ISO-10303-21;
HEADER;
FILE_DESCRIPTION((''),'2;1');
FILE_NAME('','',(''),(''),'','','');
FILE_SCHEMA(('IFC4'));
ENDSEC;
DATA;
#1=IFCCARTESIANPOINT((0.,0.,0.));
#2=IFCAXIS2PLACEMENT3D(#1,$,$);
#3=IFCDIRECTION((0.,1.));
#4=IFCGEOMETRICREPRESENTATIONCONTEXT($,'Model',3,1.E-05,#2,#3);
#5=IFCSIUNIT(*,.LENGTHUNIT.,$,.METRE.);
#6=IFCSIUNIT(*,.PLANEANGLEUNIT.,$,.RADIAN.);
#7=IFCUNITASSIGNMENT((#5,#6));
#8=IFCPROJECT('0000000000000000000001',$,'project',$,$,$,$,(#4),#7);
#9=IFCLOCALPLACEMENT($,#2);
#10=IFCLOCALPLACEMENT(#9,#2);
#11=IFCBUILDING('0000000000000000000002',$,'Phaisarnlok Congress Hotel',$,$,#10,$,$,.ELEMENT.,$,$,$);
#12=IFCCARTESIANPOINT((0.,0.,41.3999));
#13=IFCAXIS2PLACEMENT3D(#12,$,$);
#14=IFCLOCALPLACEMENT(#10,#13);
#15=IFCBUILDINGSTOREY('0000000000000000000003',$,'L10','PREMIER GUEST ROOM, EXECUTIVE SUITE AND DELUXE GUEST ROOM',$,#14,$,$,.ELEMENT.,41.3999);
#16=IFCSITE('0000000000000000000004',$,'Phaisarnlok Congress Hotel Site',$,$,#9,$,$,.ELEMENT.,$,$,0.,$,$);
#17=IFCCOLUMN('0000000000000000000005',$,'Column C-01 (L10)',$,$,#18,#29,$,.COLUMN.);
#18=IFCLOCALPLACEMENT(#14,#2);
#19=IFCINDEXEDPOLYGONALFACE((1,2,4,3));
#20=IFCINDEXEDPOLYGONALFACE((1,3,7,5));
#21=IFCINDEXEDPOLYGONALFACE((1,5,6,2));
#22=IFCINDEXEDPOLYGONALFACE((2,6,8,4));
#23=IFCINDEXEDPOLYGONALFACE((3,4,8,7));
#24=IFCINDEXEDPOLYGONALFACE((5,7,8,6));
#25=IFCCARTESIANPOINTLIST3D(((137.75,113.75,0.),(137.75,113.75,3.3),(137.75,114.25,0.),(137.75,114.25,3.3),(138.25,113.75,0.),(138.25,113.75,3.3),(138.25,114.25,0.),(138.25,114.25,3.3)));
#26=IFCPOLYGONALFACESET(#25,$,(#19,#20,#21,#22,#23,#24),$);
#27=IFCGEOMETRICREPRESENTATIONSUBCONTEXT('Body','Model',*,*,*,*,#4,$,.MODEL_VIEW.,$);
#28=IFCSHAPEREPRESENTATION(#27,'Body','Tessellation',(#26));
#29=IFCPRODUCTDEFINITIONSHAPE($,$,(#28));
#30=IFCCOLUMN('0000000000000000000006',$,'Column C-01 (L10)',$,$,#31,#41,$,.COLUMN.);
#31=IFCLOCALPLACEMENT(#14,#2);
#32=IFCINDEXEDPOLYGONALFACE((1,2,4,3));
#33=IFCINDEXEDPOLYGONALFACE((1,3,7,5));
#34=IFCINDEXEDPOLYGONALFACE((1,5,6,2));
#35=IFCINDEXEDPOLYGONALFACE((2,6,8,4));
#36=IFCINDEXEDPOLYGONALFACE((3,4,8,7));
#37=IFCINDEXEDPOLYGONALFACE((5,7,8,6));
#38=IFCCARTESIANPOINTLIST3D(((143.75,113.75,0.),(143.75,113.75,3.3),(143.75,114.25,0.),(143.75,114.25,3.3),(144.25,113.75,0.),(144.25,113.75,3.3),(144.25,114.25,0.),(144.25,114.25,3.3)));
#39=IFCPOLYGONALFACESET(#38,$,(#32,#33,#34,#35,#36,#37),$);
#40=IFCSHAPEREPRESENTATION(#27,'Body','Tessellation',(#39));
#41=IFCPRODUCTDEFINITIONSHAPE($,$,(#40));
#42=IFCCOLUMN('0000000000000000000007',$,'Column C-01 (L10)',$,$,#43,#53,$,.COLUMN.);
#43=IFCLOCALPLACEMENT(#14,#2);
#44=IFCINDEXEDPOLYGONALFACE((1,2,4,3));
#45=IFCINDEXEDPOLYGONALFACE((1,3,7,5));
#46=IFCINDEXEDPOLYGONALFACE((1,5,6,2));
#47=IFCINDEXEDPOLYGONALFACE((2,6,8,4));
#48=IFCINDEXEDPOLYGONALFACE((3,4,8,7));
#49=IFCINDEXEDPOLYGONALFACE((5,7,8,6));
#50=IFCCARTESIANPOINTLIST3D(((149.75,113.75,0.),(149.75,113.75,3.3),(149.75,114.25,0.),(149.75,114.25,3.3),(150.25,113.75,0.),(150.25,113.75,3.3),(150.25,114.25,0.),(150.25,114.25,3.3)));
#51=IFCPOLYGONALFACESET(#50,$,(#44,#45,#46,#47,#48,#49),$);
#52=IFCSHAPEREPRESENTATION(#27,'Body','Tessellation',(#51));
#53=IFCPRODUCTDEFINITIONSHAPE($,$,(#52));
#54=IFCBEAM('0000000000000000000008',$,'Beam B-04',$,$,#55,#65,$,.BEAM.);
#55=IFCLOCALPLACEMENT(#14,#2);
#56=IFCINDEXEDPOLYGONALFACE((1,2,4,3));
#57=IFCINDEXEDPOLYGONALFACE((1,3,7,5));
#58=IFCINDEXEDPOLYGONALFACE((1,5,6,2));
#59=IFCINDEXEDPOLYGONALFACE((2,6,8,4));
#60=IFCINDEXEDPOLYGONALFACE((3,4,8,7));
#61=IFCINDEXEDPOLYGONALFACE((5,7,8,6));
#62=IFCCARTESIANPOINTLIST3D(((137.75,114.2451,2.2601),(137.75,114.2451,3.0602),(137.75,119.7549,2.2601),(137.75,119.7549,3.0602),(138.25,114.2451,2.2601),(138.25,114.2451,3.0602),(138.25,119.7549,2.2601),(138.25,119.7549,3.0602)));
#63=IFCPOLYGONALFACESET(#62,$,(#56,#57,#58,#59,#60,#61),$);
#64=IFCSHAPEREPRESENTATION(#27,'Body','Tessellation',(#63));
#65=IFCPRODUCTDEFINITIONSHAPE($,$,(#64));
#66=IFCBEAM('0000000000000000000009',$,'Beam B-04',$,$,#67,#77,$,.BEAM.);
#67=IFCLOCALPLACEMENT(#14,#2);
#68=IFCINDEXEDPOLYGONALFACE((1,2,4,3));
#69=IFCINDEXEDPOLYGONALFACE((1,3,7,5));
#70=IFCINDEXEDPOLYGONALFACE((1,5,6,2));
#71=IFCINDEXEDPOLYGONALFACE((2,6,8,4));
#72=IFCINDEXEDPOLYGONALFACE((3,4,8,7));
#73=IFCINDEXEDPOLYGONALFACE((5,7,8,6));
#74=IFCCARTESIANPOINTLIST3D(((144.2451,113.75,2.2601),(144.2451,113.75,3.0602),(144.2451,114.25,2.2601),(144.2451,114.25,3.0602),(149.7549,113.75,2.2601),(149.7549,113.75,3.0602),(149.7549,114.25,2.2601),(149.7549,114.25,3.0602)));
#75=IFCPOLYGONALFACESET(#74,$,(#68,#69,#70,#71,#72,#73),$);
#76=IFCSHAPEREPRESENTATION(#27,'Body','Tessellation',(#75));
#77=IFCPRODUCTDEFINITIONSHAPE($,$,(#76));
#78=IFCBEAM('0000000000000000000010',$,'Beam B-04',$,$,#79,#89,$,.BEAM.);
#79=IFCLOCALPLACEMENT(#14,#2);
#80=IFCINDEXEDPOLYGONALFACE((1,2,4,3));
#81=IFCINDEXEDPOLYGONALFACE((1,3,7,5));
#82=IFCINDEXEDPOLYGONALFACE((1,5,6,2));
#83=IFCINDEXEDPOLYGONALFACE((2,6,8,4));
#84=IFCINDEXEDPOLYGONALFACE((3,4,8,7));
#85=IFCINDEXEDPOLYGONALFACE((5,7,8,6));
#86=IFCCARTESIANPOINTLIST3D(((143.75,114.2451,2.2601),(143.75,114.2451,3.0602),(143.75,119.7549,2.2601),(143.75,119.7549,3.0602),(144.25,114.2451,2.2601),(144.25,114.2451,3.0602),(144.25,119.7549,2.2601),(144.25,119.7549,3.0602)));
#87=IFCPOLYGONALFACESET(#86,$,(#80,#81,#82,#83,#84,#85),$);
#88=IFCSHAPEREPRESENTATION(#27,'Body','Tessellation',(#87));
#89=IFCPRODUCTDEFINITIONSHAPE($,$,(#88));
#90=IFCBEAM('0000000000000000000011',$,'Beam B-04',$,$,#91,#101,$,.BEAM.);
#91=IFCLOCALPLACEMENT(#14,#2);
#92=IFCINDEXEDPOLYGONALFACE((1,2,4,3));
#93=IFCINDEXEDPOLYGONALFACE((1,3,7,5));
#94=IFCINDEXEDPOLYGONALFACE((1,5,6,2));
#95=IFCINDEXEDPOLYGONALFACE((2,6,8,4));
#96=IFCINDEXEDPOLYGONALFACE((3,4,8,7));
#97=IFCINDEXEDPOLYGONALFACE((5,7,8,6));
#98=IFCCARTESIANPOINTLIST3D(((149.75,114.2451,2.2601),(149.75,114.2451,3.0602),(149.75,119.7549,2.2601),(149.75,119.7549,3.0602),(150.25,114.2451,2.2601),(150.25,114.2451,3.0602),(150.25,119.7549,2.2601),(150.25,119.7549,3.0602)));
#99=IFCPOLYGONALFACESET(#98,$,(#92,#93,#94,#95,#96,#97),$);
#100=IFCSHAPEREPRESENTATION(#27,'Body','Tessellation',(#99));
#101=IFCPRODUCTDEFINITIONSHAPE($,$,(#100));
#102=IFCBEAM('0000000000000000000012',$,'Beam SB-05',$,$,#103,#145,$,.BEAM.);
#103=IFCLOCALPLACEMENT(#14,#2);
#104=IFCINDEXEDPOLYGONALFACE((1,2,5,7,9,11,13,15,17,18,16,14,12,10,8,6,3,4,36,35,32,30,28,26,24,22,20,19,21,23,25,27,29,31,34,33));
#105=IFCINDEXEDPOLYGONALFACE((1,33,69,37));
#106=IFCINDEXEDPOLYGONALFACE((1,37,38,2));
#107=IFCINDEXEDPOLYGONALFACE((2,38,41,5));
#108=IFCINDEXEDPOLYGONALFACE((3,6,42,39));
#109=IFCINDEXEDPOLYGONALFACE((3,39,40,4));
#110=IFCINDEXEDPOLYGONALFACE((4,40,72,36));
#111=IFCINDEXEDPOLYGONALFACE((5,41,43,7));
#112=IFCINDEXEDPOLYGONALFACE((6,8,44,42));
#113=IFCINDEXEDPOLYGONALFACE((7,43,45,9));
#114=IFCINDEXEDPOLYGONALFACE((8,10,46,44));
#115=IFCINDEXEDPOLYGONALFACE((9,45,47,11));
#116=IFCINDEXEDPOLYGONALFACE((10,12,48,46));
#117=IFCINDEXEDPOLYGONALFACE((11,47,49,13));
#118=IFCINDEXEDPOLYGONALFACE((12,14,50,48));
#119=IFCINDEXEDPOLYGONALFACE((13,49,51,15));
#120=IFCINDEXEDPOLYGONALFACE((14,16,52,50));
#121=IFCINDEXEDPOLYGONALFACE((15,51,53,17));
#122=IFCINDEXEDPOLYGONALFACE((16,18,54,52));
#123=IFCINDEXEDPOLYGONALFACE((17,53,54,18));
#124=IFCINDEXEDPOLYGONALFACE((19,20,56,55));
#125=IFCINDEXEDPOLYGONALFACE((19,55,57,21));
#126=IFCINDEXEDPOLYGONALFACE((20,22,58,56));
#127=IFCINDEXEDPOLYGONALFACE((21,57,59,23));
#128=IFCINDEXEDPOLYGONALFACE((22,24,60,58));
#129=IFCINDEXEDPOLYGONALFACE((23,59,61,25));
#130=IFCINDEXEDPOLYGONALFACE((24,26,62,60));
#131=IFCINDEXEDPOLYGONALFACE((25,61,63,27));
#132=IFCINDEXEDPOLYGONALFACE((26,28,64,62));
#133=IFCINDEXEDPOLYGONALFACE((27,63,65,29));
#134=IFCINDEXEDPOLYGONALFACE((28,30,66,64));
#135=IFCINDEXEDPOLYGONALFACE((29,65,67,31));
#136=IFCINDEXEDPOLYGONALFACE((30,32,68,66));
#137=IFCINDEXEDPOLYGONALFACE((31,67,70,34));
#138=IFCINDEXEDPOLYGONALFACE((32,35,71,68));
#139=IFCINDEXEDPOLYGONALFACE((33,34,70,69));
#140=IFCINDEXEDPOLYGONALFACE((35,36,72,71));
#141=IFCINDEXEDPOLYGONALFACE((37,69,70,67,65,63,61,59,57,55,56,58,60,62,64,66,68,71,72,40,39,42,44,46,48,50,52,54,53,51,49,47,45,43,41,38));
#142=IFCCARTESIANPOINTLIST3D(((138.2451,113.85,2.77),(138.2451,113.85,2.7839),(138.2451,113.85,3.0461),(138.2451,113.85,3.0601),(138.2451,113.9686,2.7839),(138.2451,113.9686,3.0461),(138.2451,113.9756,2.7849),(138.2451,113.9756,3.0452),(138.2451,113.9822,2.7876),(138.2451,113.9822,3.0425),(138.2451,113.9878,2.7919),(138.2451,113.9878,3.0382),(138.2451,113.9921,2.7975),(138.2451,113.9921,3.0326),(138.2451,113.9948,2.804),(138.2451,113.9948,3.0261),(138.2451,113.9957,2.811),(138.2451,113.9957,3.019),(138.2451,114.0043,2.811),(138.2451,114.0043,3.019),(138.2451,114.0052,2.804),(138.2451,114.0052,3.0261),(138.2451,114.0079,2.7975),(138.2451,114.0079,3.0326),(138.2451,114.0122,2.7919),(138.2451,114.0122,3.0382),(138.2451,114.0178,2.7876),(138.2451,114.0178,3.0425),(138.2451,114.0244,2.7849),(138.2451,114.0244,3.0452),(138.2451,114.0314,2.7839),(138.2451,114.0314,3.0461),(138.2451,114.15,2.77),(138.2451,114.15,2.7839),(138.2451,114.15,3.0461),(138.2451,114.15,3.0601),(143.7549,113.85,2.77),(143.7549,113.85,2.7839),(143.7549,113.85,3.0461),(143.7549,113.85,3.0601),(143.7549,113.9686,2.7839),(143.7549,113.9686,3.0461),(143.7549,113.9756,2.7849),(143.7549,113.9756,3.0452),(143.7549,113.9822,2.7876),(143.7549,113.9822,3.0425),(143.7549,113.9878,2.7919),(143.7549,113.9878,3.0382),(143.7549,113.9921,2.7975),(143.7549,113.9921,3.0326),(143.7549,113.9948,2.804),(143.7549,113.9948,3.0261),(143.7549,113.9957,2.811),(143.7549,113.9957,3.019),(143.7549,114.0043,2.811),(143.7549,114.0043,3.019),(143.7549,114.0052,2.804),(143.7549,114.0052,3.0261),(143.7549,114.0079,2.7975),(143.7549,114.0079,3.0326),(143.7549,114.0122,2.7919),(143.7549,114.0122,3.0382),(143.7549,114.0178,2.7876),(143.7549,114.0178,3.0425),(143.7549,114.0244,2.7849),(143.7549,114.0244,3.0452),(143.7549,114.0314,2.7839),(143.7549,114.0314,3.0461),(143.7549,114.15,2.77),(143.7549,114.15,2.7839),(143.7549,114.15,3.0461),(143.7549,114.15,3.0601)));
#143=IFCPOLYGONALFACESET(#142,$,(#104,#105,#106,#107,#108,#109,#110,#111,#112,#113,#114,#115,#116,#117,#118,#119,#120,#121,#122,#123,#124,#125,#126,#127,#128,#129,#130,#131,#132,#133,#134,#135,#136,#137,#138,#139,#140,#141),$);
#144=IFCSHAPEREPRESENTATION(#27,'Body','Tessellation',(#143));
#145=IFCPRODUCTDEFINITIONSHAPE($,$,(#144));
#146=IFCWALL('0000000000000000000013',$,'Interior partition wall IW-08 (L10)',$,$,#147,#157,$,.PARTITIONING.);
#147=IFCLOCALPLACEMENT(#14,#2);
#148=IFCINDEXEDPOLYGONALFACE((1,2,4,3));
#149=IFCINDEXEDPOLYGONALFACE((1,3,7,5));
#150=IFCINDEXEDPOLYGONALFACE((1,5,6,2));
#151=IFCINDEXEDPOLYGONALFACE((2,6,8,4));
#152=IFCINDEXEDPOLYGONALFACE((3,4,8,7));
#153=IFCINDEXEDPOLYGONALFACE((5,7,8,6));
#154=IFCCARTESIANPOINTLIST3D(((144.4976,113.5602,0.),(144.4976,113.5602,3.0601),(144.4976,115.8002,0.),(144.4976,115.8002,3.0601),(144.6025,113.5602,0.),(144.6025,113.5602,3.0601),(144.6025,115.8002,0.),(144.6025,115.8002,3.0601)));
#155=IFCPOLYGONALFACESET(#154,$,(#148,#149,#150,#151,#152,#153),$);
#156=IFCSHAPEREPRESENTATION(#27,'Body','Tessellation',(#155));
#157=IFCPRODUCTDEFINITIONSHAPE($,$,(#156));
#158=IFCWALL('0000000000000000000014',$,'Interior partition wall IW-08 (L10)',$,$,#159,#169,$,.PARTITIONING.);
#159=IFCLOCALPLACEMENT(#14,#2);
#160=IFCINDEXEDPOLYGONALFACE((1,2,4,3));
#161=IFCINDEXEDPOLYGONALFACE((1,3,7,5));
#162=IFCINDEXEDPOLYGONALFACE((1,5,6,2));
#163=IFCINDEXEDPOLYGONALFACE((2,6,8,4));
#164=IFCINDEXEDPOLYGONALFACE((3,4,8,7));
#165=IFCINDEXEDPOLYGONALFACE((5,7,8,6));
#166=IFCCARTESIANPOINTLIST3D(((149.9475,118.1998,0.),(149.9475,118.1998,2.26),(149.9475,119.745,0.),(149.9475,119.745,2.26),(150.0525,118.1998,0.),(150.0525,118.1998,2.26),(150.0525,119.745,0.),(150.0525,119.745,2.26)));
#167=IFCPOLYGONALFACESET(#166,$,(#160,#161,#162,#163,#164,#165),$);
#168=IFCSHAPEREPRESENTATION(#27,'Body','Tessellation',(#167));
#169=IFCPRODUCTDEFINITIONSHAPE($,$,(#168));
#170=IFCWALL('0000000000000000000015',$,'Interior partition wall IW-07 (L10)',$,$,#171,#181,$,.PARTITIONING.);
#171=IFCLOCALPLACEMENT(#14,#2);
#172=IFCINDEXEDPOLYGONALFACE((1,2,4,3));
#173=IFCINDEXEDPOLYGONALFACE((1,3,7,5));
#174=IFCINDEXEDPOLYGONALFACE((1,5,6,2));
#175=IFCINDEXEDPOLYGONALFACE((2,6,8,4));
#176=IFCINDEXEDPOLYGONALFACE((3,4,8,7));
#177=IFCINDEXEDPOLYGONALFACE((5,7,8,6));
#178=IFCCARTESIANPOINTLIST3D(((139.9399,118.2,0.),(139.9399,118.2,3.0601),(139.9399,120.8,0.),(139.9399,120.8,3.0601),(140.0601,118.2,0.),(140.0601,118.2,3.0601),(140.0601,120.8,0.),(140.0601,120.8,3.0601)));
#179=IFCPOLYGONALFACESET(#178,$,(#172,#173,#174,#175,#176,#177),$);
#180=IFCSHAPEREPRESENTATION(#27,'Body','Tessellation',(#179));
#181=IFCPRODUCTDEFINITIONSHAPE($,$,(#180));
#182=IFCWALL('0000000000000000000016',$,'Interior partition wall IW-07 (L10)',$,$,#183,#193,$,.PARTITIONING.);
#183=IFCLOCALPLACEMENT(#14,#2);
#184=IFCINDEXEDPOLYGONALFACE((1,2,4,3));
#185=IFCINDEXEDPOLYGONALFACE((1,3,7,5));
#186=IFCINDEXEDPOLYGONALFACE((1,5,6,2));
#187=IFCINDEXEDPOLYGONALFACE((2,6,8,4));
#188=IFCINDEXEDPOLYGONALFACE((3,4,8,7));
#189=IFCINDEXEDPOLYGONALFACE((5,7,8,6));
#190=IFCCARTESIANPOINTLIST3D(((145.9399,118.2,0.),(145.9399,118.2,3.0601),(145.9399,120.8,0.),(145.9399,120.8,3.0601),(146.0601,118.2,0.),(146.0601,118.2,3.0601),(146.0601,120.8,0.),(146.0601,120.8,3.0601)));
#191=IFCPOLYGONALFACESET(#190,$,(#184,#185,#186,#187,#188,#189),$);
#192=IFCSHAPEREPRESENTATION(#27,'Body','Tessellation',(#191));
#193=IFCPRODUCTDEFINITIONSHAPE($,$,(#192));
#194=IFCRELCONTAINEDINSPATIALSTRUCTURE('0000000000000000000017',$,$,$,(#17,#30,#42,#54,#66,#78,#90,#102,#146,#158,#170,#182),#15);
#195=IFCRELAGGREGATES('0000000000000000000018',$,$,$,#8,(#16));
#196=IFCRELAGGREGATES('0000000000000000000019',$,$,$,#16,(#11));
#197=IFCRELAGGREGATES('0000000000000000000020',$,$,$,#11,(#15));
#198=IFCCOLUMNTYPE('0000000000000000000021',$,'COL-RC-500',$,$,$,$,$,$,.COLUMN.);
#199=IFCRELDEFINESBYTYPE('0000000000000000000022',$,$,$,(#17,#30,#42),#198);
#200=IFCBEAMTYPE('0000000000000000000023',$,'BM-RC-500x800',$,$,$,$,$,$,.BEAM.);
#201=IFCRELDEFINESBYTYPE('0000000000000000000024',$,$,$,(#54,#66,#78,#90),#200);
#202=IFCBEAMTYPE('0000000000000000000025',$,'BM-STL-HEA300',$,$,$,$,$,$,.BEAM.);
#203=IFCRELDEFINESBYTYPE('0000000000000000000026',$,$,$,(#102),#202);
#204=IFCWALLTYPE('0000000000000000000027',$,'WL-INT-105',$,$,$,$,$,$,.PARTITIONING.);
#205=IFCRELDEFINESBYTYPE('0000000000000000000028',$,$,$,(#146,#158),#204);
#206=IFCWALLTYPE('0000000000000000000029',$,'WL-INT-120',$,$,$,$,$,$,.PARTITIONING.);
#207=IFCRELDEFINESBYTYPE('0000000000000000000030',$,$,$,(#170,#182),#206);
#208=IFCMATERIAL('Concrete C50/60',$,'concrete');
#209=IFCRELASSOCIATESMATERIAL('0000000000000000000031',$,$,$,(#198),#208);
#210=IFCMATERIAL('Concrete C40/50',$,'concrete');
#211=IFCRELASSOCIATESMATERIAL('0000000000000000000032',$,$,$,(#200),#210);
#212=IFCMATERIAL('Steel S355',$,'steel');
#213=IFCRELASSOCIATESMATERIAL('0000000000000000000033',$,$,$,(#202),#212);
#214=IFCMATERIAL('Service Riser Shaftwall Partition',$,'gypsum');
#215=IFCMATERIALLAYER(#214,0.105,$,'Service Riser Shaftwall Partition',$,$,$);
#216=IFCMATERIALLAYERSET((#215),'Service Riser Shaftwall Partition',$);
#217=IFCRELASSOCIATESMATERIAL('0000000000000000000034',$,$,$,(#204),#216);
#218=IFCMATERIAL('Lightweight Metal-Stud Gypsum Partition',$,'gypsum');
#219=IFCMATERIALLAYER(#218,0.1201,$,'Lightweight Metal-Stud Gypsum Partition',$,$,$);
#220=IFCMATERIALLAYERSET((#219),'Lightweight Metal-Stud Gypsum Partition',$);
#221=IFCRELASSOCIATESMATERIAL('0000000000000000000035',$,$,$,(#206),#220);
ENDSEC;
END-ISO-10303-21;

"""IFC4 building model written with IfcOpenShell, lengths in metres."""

from ifc_helpers import new_model, si_unit, direction, frame, frame_2d, origin, origin_2d, place, context, subcontext, project, spatial, rectangle, i_section, extrude, material, layer, layer_set, material_profile, profile_set, type_object, element, save


model = new_model("IFC4")

# Units and contexts
model_context = context("Model", 3, precision=1e-05, world=origin(), true_north=direction((0.0, 1.0)))
body_context = subcontext(model_context, "Body", "Model", "MODEL_VIEW")
ifc_project = project(units=[si_unit("LENGTHUNIT", "METRE"), si_unit("PLANEANGLEUNIT", "RADIAN")], contexts=[model_context])

# Site, building, storey
site_placement = place(None, origin())
site = spatial("IfcSite", under=ifc_project, at=site_placement, Name="Phaisarnlok Congress Hotel Site", CompositionType="ELEMENT", RefElevation=0.0)
building_placement = place(site_placement, origin())
building = spatial("IfcBuilding", under=site, at=building_placement, Name="Phaisarnlok Congress Hotel", CompositionType="ELEMENT")
storey_placement = place(building_placement, frame((0.0, 0.0, 41.3999)))
storey = spatial("IfcBuildingStorey", under=building, at=storey_placement, Name="L10", Description="PREMIER GUEST ROOM, EXECUTIVE SUITE AND DELUXE GUEST ROOM", CompositionType="ELEMENT", Elevation=41.3999)

# Columns
ifc_material_1 = material(Name="Concrete C50/60", Category="concrete")
ifc_material_profile_1 = material_profile(ifc_material_1, rectangle(XDim=0.5, YDim=0.5, at=origin_2d()), Name="RC 500x500")
ifc_profile_set_1 = profile_set([ifc_material_profile_1], Name="Concrete C50/60")
column_type = type_object("IfcColumnType", Name="COL-RC-500", PredefinedType="COLUMN", material=ifc_profile_set_1)
for number, where, z_axis, x_axis, name in (
    (1, (138.0, 114.0, 0.0), (0.0, 0.0, 1.0), (1.0, 0.0, 0.0), "Column C-01 (L10)"),
    (2, (144.0, 114.0, 0.0), (0.0, 0.0, 1.0), (1.0, 0.0, 0.0), "Column C-01 (L10)"),
    (3, (150.0, 114.0, 0.0), (0.0, 0.0, 1.0), (1.0, 0.0, 0.0), "Column C-01 (L10)"),
):
    element("IfcColumn", number, at=place(storey_placement, frame(where, z_axis=z_axis, x_axis=x_axis)), inside=storey, type_object=column_type, Name=name, PredefinedType="COLUMN", context=body_context, shape_type="SweptSolid", body=[
        extrude(rectangle(XDim=0.5, YDim=0.5, at=origin_2d()), origin(), (0.0, 0.0, 1.0), 3.3),
    ])

# Beams
ifc_material_2 = material(Name="Concrete C40/50", Category="concrete")
ifc_material_profile_2 = material_profile(ifc_material_2, rectangle(XDim=0.5, YDim=0.8, at=origin_2d()), Name="RC 500x800")
ifc_profile_set_2 = profile_set([ifc_material_profile_2], Name="Concrete C40/50")
beam_type_1 = type_object("IfcBeamType", Name="BM-RC-500x800", PredefinedType="BEAM", material=ifc_profile_set_2)
for number, where, z_axis, x_axis, name in (
    (4, (138.0, 114.2451, 2.6602), (0.0, 1.0, 0.0), (-1.0, 0.0, 0.0), "Beam B-04"),
    (5, (144.2451, 114.0, 2.6602), (1.0, 0.0, 0.0), (0.0, 1.0, 0.0), "Beam B-04"),
    (6, (144.0, 114.2451, 2.6602), (0.0, 1.0, 0.0), (-1.0, 0.0, 0.0), "Beam B-04"),
    (7, (150.0, 114.2451, 2.6602), (0.0, 1.0, 0.0), (-1.0, 0.0, 0.0), "Beam B-04"),
):
    element("IfcBeam", number, at=place(storey_placement, frame(where, z_axis=z_axis, x_axis=x_axis)), inside=storey, type_object=beam_type_1, Name=name, PredefinedType="BEAM", context=body_context, shape_type="SweptSolid", body=[
        extrude(rectangle(XDim=0.5, YDim=0.8, at=origin_2d()), origin(), (0.0, 0.0, 1.0), 5.5098),
    ])
ifc_material_3 = material(Name="Steel S355", Category="steel")
ifc_material_profile_3 = material_profile(ifc_material_3, i_section(OverallWidth=0.3, OverallDepth=0.29, WebThickness=0.0085, FlangeThickness=0.0139, FilletRadius=0.0271, at=origin_2d()), Name="HEA 300")
ifc_profile_set_3 = profile_set([ifc_material_profile_3], Name="Steel S355")
beam_type_2 = type_object("IfcBeamType", Name="BM-STL-HEA300", PredefinedType="BEAM", material=ifc_profile_set_3)
beam_placement = place(storey_placement, frame((138.2451, 114.0, 2.915), z_axis=(1.0, 0.0, 0.0), x_axis=(0.0, 1.0, 0.0)))
element("IfcBeam", 8, at=beam_placement, inside=storey, type_object=beam_type_2, Name="Beam SB-05", PredefinedType="BEAM", context=body_context, shape_type="SweptSolid", body=[
    extrude(i_section(OverallWidth=0.3, OverallDepth=0.29, WebThickness=0.0085, FlangeThickness=0.0139, FilletRadius=0.0271, at=origin_2d()), origin(), (0.0, 0.0, 1.0), 5.5098),
])

# Walls
ifc_material_4 = material(Name="Service Riser Shaftwall Partition", Category="gypsum")
ifc_layer_1 = layer(ifc_material_4, 0.105, Name="Service Riser Shaftwall Partition")
ifc_layer_set_1 = layer_set([ifc_layer_1], Name="Service Riser Shaftwall Partition")
wall_type_1 = type_object("IfcWallType", Name="WL-INT-105", PredefinedType="PARTITIONING", material=ifc_layer_set_1)
wall_1_placement = place(storey_placement, frame((144.55, 113.5601, 0.0), z_axis=(0.0, 0.0, 1.0), x_axis=(0.0, 1.0, 0.0)))
element("IfcWall", 9, at=wall_1_placement, inside=storey, type_object=wall_type_1, Name="Interior partition wall IW-08 (L10)", PredefinedType="PARTITIONING", context=body_context, shape_type="SweptSolid", body=[
    extrude(rectangle(XDim=2.24, YDim=0.105, at=frame_2d((1.1201, 0.0))), origin(), (0.0, 0.0, 1.0), 3.0601),
])
wall_2_placement = place(storey_placement, frame((150.0, 118.2, 0.0), z_axis=(0.0, 0.0, 1.0), x_axis=(0.0, 1.0, 0.0)))
element("IfcWall", 10, at=wall_2_placement, inside=storey, type_object=wall_type_1, Name="Interior partition wall IW-08 (L10)", PredefinedType="PARTITIONING", context=body_context, shape_type="SweptSolid", body=[
    extrude(rectangle(XDim=1.5452, YDim=0.105, at=frame_2d((0.7725, 0.0))), origin(), (0.0, 0.0, 1.0), 2.26),
])
ifc_material_5 = material(Name="Lightweight Metal-Stud Gypsum Partition", Category="gypsum")
ifc_layer_2 = layer(ifc_material_5, 0.1201, Name="Lightweight Metal-Stud Gypsum Partition")
ifc_layer_set_2 = layer_set([ifc_layer_2], Name="Lightweight Metal-Stud Gypsum Partition")
wall_type_2 = type_object("IfcWallType", Name="WL-INT-120", PredefinedType="PARTITIONING", material=ifc_layer_set_2)
for number, where, z_axis, x_axis, name in (
    (11, (140.0, 118.2, 0.0), (0.0, 0.0, 1.0), (0.0, 1.0, 0.0), "Interior partition wall IW-07 (L10)"),
    (12, (146.0, 118.2, 0.0), (0.0, 0.0, 1.0), (0.0, 1.0, 0.0), "Interior partition wall IW-07 (L10)"),
):
    element("IfcWall", number, at=place(storey_placement, frame(where, z_axis=z_axis, x_axis=x_axis)), inside=storey, type_object=wall_type_2, Name=name, PredefinedType="PARTITIONING", context=body_context, shape_type="SweptSolid", body=[
        extrude(rectangle(XDim=2.6001, YDim=0.1201, at=frame_2d((1.3, 0.0))), origin(), (0.0, 0.0, 1.0), 3.0601),
    ])

save(model, "model.ifc")
